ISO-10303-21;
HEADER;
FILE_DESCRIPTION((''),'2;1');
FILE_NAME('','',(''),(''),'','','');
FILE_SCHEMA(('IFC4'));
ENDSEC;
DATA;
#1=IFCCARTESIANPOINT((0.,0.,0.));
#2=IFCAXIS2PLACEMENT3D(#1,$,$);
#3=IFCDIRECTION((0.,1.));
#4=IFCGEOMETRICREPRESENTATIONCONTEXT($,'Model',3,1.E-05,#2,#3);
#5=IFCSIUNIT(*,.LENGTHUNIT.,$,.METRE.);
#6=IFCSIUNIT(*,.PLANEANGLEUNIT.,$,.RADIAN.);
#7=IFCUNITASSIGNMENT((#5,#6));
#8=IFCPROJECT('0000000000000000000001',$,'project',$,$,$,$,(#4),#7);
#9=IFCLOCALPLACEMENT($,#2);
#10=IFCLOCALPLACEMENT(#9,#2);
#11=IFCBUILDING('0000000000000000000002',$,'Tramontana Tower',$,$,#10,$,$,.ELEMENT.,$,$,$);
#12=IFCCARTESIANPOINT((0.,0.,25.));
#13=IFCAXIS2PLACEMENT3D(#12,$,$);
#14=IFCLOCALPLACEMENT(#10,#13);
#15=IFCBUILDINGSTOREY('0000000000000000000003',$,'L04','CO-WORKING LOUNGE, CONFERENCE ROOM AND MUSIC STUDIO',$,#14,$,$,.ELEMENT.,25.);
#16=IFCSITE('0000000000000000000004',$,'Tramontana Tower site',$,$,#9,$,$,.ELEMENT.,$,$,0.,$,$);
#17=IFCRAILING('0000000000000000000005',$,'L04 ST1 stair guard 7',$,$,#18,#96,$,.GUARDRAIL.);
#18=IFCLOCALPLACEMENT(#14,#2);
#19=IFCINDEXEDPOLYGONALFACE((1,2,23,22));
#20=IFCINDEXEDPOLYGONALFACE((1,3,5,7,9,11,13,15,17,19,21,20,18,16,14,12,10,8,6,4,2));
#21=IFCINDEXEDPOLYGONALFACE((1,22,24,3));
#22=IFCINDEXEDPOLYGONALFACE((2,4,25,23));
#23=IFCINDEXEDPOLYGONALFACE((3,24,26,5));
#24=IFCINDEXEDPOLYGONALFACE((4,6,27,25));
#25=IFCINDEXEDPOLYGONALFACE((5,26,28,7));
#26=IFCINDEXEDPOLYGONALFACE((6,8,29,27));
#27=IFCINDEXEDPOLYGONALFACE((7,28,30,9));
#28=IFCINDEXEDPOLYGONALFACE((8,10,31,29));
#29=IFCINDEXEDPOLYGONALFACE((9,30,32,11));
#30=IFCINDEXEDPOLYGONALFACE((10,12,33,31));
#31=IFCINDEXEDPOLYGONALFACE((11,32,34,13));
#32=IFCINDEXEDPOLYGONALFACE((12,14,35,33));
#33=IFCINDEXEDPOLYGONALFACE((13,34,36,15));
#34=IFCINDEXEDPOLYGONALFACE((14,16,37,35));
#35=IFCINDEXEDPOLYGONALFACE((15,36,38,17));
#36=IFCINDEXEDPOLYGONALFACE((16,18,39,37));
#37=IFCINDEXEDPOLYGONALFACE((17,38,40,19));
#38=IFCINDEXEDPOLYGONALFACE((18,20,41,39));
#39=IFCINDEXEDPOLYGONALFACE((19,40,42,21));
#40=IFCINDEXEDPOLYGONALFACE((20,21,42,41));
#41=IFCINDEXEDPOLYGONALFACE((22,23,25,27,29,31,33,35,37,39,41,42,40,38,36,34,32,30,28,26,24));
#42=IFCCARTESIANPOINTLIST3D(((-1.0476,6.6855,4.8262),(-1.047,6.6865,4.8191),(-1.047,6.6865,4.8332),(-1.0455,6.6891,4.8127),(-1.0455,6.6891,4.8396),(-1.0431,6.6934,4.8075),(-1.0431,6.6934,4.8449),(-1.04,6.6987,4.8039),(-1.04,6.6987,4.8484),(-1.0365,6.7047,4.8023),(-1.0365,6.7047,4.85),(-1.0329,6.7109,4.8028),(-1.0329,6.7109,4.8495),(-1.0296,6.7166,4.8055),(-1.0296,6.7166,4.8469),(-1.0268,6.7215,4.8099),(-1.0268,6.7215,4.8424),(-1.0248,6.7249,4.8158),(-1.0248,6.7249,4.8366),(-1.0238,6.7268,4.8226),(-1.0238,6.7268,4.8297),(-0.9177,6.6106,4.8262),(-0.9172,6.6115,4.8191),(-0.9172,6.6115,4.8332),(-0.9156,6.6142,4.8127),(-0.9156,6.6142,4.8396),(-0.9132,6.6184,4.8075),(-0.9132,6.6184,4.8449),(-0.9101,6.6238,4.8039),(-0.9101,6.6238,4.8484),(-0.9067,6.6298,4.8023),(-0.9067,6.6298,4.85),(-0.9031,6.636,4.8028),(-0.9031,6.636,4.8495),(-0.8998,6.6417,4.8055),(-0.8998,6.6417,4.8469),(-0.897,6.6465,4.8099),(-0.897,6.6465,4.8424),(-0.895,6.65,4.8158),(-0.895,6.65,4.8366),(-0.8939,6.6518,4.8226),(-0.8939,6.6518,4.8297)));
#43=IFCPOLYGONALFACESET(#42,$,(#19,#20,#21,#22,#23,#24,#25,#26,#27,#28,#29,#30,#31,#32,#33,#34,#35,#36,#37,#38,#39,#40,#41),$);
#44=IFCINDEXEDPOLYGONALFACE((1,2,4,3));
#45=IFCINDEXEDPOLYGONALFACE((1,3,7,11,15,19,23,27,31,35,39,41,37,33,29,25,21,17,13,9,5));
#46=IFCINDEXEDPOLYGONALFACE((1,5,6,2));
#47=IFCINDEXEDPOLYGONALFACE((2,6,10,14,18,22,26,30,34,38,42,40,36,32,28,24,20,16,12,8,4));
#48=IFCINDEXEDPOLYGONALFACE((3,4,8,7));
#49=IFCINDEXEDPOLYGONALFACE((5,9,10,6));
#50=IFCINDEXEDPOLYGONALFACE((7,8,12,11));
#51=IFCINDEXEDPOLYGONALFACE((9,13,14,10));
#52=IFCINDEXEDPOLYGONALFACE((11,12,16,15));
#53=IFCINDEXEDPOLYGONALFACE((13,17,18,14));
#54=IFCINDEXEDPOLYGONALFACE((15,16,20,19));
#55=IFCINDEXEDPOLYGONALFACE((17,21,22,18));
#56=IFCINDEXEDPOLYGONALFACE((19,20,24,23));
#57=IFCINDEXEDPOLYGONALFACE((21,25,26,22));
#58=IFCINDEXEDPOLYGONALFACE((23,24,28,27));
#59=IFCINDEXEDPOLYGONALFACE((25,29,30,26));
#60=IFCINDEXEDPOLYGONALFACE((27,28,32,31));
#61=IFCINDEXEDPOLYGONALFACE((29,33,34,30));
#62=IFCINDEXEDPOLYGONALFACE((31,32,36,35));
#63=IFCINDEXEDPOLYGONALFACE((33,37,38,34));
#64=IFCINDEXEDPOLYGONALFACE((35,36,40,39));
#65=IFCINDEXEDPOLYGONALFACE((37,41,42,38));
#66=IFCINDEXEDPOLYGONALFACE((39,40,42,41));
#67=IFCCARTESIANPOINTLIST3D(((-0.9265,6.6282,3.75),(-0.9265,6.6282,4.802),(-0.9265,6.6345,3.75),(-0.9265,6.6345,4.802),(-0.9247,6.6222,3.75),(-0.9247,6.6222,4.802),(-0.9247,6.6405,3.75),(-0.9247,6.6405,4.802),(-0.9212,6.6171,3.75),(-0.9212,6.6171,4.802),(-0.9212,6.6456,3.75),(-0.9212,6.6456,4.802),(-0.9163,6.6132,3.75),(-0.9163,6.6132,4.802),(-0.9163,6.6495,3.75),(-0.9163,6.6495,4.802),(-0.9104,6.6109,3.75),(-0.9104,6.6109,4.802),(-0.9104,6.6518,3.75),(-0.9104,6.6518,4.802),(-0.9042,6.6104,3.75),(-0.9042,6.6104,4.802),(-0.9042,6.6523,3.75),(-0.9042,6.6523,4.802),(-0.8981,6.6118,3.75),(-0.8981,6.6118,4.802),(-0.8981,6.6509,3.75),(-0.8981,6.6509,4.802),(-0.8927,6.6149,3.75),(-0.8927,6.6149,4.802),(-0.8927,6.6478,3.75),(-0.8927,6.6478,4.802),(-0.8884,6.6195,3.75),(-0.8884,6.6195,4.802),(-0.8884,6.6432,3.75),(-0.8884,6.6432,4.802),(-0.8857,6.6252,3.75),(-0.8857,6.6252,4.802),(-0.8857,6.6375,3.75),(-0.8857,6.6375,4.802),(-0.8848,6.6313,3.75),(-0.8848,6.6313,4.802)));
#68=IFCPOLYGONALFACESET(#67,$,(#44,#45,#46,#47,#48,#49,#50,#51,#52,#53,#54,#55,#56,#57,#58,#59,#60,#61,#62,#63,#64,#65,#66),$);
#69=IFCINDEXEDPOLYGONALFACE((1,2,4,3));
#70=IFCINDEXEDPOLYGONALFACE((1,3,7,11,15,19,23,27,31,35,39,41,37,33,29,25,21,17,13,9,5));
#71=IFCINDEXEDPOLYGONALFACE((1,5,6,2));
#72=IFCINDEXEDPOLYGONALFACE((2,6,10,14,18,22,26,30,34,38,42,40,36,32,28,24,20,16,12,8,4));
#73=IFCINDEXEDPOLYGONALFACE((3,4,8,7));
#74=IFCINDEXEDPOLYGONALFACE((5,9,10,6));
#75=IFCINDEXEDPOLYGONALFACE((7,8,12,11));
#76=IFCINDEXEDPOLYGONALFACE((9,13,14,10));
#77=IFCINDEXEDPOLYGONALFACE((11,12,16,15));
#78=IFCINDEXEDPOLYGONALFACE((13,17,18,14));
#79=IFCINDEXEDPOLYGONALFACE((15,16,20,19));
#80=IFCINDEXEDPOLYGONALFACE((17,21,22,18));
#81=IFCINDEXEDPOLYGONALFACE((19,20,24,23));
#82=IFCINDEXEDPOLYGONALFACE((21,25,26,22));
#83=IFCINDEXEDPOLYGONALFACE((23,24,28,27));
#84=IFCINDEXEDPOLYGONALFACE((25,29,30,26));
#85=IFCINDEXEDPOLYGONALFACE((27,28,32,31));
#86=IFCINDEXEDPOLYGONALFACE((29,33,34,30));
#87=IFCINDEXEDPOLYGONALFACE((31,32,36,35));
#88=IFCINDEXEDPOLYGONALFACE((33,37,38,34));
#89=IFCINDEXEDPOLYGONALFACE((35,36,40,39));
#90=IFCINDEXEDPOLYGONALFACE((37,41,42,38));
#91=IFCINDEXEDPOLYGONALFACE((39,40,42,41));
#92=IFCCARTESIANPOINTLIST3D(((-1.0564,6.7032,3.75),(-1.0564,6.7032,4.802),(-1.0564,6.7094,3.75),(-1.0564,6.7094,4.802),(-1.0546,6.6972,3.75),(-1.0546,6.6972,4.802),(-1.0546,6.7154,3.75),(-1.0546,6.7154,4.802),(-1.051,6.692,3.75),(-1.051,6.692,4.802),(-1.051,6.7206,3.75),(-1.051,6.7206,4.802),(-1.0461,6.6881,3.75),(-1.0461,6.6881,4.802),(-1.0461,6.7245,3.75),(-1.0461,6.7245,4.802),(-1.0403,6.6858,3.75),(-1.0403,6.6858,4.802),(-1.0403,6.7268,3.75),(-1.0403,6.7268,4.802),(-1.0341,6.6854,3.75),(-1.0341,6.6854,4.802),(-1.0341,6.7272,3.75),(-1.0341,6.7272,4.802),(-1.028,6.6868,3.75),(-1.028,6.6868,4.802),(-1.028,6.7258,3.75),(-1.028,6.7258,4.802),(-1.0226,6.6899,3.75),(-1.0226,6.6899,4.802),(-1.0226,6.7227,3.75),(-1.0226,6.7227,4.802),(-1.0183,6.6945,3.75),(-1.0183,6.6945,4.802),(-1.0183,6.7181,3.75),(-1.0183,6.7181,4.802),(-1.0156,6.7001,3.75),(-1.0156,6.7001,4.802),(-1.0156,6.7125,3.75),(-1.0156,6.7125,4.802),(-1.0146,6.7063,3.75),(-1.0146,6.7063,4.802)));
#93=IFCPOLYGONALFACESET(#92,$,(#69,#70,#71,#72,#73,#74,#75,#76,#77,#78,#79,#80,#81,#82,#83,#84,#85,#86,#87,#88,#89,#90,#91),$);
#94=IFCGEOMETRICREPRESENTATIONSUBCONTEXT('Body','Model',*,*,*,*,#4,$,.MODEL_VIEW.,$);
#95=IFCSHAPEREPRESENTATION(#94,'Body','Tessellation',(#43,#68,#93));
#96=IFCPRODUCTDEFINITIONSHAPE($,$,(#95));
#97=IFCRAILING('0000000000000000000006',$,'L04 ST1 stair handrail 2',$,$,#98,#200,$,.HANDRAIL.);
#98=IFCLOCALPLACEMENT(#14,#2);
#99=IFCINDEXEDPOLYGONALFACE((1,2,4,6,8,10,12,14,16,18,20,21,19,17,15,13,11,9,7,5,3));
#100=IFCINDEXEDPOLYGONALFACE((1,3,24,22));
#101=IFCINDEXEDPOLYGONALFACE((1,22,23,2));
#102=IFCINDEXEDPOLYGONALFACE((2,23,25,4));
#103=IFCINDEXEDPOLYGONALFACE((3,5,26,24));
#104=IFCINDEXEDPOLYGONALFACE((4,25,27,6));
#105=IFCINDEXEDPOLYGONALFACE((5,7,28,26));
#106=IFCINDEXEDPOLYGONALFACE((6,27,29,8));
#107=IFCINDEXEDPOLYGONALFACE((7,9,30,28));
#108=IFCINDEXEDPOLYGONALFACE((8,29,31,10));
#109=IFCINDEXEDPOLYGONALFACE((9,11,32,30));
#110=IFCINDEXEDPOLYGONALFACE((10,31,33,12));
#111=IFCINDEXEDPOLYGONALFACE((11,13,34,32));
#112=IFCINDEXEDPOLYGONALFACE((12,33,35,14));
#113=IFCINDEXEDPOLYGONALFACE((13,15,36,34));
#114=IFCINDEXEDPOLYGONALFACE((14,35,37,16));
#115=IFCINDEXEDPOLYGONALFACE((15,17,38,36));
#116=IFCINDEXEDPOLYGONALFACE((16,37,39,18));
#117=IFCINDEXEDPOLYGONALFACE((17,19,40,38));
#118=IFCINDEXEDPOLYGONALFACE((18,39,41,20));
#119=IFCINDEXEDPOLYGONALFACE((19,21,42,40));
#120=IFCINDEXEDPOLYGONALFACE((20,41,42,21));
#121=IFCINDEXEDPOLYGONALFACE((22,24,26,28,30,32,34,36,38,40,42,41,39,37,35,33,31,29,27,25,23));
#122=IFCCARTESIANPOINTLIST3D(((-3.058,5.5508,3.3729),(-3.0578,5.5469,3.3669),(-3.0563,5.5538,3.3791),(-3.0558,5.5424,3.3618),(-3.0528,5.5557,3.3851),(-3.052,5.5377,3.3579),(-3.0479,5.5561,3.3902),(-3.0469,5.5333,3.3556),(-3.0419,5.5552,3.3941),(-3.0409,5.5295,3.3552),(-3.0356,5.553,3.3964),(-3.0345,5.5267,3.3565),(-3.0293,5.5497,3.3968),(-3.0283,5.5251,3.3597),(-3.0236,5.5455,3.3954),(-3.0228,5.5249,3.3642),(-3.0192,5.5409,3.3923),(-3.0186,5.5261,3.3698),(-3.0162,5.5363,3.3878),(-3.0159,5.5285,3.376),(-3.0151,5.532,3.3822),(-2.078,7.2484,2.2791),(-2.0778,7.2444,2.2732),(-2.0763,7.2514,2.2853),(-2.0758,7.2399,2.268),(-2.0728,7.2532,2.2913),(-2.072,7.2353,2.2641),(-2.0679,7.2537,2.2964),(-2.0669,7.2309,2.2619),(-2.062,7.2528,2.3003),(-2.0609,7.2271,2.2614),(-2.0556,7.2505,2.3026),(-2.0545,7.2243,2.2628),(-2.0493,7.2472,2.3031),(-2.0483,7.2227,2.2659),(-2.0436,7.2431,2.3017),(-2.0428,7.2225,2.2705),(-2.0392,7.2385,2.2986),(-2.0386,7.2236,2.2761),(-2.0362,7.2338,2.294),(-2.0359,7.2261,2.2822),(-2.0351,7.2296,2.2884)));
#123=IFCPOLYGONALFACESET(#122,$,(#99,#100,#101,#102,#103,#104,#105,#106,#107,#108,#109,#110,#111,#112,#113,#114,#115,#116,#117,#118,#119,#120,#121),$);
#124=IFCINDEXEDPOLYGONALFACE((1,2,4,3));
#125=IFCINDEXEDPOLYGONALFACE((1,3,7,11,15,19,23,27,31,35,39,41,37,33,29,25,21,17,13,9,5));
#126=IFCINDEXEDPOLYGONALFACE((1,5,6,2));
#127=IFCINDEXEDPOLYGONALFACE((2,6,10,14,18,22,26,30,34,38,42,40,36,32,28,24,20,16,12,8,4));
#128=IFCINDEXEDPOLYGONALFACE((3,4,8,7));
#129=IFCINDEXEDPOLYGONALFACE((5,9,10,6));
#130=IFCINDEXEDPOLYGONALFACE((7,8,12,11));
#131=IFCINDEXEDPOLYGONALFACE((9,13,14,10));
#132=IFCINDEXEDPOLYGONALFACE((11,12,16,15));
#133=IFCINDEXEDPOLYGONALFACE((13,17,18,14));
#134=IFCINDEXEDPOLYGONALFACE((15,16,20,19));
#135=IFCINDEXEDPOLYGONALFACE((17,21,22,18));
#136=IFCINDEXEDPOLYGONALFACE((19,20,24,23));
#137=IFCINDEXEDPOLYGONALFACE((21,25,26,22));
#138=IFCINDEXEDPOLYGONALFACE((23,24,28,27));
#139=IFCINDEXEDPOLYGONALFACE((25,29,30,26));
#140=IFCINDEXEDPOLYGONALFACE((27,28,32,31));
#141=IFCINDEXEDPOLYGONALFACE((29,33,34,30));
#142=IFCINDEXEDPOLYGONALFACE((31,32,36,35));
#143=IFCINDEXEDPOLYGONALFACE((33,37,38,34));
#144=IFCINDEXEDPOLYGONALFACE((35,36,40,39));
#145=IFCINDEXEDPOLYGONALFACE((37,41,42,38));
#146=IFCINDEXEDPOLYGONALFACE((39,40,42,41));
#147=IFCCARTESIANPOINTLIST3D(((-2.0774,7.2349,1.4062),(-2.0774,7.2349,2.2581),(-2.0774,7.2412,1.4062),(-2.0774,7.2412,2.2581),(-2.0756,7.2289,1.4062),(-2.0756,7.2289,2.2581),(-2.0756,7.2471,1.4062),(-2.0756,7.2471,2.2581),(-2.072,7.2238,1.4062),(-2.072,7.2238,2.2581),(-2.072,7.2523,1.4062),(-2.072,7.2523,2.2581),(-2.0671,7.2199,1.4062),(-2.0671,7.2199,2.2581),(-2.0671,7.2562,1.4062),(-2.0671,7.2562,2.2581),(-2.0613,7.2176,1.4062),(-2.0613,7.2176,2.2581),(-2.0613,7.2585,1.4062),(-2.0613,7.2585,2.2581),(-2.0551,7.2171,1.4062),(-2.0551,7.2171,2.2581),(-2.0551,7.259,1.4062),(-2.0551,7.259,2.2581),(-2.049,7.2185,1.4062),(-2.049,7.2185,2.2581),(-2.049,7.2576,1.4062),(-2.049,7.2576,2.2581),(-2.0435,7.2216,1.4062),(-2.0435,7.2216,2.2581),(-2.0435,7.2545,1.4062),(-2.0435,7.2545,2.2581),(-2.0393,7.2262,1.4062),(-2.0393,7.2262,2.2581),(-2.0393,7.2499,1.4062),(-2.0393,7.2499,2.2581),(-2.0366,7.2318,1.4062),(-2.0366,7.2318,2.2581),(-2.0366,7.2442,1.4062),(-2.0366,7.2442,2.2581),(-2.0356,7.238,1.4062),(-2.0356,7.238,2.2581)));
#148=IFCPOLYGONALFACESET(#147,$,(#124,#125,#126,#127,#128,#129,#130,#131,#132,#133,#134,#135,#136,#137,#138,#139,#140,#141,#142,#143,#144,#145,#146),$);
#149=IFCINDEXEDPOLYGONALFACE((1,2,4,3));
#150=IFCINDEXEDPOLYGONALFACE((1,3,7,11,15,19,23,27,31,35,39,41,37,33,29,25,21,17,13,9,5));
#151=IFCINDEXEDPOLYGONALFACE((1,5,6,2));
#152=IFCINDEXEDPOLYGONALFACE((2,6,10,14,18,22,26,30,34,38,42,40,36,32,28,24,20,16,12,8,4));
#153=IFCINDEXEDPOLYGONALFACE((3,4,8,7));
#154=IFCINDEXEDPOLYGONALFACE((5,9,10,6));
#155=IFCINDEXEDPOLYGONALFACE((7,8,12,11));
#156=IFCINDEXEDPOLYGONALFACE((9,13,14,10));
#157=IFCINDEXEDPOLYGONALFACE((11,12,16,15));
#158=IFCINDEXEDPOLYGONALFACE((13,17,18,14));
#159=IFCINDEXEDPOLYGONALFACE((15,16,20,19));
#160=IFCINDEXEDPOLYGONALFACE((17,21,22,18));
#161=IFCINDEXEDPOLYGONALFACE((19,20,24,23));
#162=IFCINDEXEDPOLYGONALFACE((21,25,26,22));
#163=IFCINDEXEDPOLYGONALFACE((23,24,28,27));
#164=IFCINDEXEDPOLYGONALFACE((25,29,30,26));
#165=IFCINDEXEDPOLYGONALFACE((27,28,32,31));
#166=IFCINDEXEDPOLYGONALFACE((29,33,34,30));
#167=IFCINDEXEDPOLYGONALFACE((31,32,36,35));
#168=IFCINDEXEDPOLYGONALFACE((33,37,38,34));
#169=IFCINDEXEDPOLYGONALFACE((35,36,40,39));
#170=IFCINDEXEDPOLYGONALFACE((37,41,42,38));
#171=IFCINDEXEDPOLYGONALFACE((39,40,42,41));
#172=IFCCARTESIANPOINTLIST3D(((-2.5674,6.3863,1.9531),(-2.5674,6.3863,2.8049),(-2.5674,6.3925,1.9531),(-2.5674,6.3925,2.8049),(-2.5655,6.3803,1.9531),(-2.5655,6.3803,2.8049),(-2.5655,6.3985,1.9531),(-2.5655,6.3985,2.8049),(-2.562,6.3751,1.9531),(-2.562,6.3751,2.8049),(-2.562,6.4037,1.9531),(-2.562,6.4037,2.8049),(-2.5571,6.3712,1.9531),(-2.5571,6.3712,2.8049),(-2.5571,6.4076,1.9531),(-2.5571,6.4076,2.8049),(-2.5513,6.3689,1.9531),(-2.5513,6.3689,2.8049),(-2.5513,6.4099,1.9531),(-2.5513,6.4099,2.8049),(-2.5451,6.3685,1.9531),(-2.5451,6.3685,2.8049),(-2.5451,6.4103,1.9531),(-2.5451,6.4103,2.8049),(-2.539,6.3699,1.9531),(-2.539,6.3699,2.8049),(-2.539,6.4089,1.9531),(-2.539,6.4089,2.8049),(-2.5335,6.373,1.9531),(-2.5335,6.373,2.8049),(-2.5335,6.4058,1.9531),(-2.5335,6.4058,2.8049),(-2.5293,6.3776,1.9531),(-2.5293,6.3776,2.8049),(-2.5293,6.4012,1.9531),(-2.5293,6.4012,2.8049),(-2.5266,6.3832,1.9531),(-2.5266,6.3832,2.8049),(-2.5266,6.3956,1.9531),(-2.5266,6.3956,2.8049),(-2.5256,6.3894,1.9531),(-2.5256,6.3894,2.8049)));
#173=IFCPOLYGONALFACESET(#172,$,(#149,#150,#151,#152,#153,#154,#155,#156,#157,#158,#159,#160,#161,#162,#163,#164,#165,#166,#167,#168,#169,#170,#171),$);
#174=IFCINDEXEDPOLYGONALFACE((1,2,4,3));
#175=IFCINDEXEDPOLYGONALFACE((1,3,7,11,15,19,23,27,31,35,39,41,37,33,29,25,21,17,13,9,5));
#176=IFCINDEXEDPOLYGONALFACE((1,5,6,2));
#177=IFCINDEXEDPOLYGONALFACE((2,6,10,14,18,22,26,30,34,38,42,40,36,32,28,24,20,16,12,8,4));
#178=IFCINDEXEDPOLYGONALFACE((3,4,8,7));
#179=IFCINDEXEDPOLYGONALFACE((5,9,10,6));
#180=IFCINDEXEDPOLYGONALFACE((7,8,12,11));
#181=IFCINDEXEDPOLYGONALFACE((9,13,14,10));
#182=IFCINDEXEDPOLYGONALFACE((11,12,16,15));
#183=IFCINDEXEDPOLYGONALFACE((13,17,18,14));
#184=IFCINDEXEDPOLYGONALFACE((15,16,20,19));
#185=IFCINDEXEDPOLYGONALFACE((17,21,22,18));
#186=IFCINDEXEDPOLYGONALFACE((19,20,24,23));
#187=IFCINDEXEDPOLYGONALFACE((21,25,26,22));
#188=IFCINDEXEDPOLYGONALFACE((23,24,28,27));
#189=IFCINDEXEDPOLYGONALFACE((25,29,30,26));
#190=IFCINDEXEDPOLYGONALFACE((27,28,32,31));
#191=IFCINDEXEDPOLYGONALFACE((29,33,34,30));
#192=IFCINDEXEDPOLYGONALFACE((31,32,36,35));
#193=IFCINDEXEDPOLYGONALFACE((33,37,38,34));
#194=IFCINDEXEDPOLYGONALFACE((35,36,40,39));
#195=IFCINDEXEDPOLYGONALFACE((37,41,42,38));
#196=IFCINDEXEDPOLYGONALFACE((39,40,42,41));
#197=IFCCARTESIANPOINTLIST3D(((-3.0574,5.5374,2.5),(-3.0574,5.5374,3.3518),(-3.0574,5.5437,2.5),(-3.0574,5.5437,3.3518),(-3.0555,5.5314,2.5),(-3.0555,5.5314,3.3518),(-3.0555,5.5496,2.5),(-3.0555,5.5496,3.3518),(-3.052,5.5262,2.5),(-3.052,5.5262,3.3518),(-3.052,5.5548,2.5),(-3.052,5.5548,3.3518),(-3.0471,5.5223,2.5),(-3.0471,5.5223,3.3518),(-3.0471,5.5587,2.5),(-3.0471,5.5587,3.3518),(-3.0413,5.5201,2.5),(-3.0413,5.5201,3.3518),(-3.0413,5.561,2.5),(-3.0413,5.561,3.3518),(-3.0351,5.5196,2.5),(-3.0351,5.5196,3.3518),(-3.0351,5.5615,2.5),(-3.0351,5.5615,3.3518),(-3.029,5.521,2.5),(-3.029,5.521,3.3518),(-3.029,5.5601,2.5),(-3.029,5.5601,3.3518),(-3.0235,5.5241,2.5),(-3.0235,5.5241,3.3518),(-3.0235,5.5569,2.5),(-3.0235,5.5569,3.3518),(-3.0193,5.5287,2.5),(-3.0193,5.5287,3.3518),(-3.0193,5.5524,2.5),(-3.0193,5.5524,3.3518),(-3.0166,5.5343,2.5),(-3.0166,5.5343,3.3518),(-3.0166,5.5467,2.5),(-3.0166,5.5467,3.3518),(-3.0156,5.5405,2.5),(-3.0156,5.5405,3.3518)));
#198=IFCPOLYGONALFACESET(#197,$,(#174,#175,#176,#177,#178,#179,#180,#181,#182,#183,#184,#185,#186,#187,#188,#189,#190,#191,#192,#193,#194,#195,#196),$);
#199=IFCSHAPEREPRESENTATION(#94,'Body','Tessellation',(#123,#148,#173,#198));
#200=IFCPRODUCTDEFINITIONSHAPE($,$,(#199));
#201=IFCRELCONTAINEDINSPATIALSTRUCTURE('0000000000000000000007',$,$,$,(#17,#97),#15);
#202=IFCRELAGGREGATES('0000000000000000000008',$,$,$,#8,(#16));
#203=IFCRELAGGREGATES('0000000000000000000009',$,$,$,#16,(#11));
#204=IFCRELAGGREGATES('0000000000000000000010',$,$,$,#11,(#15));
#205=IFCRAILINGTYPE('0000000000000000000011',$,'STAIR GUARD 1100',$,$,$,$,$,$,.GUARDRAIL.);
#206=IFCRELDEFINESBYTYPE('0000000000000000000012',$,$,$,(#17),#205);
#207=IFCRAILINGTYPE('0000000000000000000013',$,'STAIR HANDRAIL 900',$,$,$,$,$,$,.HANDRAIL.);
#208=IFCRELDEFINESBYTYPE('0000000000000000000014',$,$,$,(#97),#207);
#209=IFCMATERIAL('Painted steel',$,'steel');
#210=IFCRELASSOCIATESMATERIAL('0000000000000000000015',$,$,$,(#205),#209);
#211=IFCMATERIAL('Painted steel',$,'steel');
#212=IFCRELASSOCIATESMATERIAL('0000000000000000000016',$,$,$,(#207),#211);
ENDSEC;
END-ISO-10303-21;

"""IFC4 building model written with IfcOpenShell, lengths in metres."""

from ifc_helpers import new_model, si_unit, direction, frame, origin, origin_2d, place, context, subcontext, project, spatial, circle, extrude, material, type_object, element, save


model = new_model("IFC4")

# Units and contexts
model_context = context("Model", 3, precision=1e-05, world=origin(), true_north=direction((0.0, 1.0)))
body_context = subcontext(model_context, "Body", "Model", "MODEL_VIEW")
ifc_project = project(units=[si_unit("LENGTHUNIT", "METRE"), si_unit("PLANEANGLEUNIT", "RADIAN")], contexts=[model_context])

# Site, building, storey
site_placement = place(None, origin())
site = spatial("IfcSite", under=ifc_project, at=site_placement, Name="Tramontana Tower site", CompositionType="ELEMENT", RefElevation=0.0)
building_placement = place(site_placement, origin())
building = spatial("IfcBuilding", under=site, at=building_placement, Name="Tramontana Tower", CompositionType="ELEMENT")
storey_placement = place(building_placement, frame((0.0, 0.0, 25.0)))
storey = spatial("IfcBuildingStorey", under=building, at=storey_placement, Name="L04", Description="CO-WORKING LOUNGE, CONFERENCE ROOM AND MUSIC STUDIO", CompositionType="ELEMENT", Elevation=25.0)

# Railings
ifc_material_1 = material(Name="Painted steel", Category="steel")
railing_type_1 = type_object("IfcRailingType", Name="STAIR GUARD 1100", PredefinedType="GUARDRAIL", material=ifc_material_1)
for number, where, name in (
    (1, (-0.9058, 6.6313, 3.75), "L04 ST1 stair guard 7"),
):
    element("IfcRailing", number, at=place(storey_placement, frame(where)), inside=storey, type_object=railing_type_1, Name=name, PredefinedType="GUARDRAIL", context=body_context, shape_type="SweptSolid", body=[
        extrude(circle(Radius=0.0239, at=origin_2d()), frame((0.0, 0.0, 1.0762), z_axis=(-0.866131, 0.499816, 0.0), x_axis=(-0.499816, -0.866131, 0.0)), (0.0, 0.0, 1.0), 0.1499),
        extrude(circle(Radius=0.021, at=origin_2d()), origin(), (0.0, 0.0, 1.0), 1.052),
        extrude(circle(Radius=0.021, at=origin_2d()), frame((-0.1299, 0.075, 0.0)), (0.0, 0.0, 1.0), 1.052),
    ])
ifc_material_2 = material(Name="Painted steel", Category="steel")
railing_type_2 = type_object("IfcRailingType", Name="STAIR HANDRAIL 900", PredefinedType="HANDRAIL", material=ifc_material_2)
for number, where, name in (
    (2, (-2.0566, 7.238, 1.4062), "L04 ST1 stair handrail 2"),
):
    element("IfcRailing", number, at=place(storey_placement, frame(where)), inside=storey, type_object=railing_type_2, Name=name, PredefinedType="HANDRAIL", context=body_context, shape_type="SweptSolid", body=[
        extrude(circle(Radius=0.0239, at=origin_2d()), frame((0.0, 0.0, 0.876), z_axis=(-0.436596, -0.756267, 0.487282), x_axis=(0.866042, -0.49997, 0.0)), (0.0, 0.0, 1.0), 2.2446),
        extrude(circle(Radius=0.021, at=origin_2d()), origin(), (0.0, 0.0, 1.0), 0.8518),
        extrude(circle(Radius=0.021, at=origin_2d()), frame((-0.49, -0.8486, 0.5469)), (0.0, 0.0, 1.0), 0.8518),
        extrude(circle(Radius=0.021, at=origin_2d()), frame((-0.98, -1.6975, 1.0938)), (0.0, 0.0, 1.0), 0.8518),
    ])

save(model, "model.ifc")
